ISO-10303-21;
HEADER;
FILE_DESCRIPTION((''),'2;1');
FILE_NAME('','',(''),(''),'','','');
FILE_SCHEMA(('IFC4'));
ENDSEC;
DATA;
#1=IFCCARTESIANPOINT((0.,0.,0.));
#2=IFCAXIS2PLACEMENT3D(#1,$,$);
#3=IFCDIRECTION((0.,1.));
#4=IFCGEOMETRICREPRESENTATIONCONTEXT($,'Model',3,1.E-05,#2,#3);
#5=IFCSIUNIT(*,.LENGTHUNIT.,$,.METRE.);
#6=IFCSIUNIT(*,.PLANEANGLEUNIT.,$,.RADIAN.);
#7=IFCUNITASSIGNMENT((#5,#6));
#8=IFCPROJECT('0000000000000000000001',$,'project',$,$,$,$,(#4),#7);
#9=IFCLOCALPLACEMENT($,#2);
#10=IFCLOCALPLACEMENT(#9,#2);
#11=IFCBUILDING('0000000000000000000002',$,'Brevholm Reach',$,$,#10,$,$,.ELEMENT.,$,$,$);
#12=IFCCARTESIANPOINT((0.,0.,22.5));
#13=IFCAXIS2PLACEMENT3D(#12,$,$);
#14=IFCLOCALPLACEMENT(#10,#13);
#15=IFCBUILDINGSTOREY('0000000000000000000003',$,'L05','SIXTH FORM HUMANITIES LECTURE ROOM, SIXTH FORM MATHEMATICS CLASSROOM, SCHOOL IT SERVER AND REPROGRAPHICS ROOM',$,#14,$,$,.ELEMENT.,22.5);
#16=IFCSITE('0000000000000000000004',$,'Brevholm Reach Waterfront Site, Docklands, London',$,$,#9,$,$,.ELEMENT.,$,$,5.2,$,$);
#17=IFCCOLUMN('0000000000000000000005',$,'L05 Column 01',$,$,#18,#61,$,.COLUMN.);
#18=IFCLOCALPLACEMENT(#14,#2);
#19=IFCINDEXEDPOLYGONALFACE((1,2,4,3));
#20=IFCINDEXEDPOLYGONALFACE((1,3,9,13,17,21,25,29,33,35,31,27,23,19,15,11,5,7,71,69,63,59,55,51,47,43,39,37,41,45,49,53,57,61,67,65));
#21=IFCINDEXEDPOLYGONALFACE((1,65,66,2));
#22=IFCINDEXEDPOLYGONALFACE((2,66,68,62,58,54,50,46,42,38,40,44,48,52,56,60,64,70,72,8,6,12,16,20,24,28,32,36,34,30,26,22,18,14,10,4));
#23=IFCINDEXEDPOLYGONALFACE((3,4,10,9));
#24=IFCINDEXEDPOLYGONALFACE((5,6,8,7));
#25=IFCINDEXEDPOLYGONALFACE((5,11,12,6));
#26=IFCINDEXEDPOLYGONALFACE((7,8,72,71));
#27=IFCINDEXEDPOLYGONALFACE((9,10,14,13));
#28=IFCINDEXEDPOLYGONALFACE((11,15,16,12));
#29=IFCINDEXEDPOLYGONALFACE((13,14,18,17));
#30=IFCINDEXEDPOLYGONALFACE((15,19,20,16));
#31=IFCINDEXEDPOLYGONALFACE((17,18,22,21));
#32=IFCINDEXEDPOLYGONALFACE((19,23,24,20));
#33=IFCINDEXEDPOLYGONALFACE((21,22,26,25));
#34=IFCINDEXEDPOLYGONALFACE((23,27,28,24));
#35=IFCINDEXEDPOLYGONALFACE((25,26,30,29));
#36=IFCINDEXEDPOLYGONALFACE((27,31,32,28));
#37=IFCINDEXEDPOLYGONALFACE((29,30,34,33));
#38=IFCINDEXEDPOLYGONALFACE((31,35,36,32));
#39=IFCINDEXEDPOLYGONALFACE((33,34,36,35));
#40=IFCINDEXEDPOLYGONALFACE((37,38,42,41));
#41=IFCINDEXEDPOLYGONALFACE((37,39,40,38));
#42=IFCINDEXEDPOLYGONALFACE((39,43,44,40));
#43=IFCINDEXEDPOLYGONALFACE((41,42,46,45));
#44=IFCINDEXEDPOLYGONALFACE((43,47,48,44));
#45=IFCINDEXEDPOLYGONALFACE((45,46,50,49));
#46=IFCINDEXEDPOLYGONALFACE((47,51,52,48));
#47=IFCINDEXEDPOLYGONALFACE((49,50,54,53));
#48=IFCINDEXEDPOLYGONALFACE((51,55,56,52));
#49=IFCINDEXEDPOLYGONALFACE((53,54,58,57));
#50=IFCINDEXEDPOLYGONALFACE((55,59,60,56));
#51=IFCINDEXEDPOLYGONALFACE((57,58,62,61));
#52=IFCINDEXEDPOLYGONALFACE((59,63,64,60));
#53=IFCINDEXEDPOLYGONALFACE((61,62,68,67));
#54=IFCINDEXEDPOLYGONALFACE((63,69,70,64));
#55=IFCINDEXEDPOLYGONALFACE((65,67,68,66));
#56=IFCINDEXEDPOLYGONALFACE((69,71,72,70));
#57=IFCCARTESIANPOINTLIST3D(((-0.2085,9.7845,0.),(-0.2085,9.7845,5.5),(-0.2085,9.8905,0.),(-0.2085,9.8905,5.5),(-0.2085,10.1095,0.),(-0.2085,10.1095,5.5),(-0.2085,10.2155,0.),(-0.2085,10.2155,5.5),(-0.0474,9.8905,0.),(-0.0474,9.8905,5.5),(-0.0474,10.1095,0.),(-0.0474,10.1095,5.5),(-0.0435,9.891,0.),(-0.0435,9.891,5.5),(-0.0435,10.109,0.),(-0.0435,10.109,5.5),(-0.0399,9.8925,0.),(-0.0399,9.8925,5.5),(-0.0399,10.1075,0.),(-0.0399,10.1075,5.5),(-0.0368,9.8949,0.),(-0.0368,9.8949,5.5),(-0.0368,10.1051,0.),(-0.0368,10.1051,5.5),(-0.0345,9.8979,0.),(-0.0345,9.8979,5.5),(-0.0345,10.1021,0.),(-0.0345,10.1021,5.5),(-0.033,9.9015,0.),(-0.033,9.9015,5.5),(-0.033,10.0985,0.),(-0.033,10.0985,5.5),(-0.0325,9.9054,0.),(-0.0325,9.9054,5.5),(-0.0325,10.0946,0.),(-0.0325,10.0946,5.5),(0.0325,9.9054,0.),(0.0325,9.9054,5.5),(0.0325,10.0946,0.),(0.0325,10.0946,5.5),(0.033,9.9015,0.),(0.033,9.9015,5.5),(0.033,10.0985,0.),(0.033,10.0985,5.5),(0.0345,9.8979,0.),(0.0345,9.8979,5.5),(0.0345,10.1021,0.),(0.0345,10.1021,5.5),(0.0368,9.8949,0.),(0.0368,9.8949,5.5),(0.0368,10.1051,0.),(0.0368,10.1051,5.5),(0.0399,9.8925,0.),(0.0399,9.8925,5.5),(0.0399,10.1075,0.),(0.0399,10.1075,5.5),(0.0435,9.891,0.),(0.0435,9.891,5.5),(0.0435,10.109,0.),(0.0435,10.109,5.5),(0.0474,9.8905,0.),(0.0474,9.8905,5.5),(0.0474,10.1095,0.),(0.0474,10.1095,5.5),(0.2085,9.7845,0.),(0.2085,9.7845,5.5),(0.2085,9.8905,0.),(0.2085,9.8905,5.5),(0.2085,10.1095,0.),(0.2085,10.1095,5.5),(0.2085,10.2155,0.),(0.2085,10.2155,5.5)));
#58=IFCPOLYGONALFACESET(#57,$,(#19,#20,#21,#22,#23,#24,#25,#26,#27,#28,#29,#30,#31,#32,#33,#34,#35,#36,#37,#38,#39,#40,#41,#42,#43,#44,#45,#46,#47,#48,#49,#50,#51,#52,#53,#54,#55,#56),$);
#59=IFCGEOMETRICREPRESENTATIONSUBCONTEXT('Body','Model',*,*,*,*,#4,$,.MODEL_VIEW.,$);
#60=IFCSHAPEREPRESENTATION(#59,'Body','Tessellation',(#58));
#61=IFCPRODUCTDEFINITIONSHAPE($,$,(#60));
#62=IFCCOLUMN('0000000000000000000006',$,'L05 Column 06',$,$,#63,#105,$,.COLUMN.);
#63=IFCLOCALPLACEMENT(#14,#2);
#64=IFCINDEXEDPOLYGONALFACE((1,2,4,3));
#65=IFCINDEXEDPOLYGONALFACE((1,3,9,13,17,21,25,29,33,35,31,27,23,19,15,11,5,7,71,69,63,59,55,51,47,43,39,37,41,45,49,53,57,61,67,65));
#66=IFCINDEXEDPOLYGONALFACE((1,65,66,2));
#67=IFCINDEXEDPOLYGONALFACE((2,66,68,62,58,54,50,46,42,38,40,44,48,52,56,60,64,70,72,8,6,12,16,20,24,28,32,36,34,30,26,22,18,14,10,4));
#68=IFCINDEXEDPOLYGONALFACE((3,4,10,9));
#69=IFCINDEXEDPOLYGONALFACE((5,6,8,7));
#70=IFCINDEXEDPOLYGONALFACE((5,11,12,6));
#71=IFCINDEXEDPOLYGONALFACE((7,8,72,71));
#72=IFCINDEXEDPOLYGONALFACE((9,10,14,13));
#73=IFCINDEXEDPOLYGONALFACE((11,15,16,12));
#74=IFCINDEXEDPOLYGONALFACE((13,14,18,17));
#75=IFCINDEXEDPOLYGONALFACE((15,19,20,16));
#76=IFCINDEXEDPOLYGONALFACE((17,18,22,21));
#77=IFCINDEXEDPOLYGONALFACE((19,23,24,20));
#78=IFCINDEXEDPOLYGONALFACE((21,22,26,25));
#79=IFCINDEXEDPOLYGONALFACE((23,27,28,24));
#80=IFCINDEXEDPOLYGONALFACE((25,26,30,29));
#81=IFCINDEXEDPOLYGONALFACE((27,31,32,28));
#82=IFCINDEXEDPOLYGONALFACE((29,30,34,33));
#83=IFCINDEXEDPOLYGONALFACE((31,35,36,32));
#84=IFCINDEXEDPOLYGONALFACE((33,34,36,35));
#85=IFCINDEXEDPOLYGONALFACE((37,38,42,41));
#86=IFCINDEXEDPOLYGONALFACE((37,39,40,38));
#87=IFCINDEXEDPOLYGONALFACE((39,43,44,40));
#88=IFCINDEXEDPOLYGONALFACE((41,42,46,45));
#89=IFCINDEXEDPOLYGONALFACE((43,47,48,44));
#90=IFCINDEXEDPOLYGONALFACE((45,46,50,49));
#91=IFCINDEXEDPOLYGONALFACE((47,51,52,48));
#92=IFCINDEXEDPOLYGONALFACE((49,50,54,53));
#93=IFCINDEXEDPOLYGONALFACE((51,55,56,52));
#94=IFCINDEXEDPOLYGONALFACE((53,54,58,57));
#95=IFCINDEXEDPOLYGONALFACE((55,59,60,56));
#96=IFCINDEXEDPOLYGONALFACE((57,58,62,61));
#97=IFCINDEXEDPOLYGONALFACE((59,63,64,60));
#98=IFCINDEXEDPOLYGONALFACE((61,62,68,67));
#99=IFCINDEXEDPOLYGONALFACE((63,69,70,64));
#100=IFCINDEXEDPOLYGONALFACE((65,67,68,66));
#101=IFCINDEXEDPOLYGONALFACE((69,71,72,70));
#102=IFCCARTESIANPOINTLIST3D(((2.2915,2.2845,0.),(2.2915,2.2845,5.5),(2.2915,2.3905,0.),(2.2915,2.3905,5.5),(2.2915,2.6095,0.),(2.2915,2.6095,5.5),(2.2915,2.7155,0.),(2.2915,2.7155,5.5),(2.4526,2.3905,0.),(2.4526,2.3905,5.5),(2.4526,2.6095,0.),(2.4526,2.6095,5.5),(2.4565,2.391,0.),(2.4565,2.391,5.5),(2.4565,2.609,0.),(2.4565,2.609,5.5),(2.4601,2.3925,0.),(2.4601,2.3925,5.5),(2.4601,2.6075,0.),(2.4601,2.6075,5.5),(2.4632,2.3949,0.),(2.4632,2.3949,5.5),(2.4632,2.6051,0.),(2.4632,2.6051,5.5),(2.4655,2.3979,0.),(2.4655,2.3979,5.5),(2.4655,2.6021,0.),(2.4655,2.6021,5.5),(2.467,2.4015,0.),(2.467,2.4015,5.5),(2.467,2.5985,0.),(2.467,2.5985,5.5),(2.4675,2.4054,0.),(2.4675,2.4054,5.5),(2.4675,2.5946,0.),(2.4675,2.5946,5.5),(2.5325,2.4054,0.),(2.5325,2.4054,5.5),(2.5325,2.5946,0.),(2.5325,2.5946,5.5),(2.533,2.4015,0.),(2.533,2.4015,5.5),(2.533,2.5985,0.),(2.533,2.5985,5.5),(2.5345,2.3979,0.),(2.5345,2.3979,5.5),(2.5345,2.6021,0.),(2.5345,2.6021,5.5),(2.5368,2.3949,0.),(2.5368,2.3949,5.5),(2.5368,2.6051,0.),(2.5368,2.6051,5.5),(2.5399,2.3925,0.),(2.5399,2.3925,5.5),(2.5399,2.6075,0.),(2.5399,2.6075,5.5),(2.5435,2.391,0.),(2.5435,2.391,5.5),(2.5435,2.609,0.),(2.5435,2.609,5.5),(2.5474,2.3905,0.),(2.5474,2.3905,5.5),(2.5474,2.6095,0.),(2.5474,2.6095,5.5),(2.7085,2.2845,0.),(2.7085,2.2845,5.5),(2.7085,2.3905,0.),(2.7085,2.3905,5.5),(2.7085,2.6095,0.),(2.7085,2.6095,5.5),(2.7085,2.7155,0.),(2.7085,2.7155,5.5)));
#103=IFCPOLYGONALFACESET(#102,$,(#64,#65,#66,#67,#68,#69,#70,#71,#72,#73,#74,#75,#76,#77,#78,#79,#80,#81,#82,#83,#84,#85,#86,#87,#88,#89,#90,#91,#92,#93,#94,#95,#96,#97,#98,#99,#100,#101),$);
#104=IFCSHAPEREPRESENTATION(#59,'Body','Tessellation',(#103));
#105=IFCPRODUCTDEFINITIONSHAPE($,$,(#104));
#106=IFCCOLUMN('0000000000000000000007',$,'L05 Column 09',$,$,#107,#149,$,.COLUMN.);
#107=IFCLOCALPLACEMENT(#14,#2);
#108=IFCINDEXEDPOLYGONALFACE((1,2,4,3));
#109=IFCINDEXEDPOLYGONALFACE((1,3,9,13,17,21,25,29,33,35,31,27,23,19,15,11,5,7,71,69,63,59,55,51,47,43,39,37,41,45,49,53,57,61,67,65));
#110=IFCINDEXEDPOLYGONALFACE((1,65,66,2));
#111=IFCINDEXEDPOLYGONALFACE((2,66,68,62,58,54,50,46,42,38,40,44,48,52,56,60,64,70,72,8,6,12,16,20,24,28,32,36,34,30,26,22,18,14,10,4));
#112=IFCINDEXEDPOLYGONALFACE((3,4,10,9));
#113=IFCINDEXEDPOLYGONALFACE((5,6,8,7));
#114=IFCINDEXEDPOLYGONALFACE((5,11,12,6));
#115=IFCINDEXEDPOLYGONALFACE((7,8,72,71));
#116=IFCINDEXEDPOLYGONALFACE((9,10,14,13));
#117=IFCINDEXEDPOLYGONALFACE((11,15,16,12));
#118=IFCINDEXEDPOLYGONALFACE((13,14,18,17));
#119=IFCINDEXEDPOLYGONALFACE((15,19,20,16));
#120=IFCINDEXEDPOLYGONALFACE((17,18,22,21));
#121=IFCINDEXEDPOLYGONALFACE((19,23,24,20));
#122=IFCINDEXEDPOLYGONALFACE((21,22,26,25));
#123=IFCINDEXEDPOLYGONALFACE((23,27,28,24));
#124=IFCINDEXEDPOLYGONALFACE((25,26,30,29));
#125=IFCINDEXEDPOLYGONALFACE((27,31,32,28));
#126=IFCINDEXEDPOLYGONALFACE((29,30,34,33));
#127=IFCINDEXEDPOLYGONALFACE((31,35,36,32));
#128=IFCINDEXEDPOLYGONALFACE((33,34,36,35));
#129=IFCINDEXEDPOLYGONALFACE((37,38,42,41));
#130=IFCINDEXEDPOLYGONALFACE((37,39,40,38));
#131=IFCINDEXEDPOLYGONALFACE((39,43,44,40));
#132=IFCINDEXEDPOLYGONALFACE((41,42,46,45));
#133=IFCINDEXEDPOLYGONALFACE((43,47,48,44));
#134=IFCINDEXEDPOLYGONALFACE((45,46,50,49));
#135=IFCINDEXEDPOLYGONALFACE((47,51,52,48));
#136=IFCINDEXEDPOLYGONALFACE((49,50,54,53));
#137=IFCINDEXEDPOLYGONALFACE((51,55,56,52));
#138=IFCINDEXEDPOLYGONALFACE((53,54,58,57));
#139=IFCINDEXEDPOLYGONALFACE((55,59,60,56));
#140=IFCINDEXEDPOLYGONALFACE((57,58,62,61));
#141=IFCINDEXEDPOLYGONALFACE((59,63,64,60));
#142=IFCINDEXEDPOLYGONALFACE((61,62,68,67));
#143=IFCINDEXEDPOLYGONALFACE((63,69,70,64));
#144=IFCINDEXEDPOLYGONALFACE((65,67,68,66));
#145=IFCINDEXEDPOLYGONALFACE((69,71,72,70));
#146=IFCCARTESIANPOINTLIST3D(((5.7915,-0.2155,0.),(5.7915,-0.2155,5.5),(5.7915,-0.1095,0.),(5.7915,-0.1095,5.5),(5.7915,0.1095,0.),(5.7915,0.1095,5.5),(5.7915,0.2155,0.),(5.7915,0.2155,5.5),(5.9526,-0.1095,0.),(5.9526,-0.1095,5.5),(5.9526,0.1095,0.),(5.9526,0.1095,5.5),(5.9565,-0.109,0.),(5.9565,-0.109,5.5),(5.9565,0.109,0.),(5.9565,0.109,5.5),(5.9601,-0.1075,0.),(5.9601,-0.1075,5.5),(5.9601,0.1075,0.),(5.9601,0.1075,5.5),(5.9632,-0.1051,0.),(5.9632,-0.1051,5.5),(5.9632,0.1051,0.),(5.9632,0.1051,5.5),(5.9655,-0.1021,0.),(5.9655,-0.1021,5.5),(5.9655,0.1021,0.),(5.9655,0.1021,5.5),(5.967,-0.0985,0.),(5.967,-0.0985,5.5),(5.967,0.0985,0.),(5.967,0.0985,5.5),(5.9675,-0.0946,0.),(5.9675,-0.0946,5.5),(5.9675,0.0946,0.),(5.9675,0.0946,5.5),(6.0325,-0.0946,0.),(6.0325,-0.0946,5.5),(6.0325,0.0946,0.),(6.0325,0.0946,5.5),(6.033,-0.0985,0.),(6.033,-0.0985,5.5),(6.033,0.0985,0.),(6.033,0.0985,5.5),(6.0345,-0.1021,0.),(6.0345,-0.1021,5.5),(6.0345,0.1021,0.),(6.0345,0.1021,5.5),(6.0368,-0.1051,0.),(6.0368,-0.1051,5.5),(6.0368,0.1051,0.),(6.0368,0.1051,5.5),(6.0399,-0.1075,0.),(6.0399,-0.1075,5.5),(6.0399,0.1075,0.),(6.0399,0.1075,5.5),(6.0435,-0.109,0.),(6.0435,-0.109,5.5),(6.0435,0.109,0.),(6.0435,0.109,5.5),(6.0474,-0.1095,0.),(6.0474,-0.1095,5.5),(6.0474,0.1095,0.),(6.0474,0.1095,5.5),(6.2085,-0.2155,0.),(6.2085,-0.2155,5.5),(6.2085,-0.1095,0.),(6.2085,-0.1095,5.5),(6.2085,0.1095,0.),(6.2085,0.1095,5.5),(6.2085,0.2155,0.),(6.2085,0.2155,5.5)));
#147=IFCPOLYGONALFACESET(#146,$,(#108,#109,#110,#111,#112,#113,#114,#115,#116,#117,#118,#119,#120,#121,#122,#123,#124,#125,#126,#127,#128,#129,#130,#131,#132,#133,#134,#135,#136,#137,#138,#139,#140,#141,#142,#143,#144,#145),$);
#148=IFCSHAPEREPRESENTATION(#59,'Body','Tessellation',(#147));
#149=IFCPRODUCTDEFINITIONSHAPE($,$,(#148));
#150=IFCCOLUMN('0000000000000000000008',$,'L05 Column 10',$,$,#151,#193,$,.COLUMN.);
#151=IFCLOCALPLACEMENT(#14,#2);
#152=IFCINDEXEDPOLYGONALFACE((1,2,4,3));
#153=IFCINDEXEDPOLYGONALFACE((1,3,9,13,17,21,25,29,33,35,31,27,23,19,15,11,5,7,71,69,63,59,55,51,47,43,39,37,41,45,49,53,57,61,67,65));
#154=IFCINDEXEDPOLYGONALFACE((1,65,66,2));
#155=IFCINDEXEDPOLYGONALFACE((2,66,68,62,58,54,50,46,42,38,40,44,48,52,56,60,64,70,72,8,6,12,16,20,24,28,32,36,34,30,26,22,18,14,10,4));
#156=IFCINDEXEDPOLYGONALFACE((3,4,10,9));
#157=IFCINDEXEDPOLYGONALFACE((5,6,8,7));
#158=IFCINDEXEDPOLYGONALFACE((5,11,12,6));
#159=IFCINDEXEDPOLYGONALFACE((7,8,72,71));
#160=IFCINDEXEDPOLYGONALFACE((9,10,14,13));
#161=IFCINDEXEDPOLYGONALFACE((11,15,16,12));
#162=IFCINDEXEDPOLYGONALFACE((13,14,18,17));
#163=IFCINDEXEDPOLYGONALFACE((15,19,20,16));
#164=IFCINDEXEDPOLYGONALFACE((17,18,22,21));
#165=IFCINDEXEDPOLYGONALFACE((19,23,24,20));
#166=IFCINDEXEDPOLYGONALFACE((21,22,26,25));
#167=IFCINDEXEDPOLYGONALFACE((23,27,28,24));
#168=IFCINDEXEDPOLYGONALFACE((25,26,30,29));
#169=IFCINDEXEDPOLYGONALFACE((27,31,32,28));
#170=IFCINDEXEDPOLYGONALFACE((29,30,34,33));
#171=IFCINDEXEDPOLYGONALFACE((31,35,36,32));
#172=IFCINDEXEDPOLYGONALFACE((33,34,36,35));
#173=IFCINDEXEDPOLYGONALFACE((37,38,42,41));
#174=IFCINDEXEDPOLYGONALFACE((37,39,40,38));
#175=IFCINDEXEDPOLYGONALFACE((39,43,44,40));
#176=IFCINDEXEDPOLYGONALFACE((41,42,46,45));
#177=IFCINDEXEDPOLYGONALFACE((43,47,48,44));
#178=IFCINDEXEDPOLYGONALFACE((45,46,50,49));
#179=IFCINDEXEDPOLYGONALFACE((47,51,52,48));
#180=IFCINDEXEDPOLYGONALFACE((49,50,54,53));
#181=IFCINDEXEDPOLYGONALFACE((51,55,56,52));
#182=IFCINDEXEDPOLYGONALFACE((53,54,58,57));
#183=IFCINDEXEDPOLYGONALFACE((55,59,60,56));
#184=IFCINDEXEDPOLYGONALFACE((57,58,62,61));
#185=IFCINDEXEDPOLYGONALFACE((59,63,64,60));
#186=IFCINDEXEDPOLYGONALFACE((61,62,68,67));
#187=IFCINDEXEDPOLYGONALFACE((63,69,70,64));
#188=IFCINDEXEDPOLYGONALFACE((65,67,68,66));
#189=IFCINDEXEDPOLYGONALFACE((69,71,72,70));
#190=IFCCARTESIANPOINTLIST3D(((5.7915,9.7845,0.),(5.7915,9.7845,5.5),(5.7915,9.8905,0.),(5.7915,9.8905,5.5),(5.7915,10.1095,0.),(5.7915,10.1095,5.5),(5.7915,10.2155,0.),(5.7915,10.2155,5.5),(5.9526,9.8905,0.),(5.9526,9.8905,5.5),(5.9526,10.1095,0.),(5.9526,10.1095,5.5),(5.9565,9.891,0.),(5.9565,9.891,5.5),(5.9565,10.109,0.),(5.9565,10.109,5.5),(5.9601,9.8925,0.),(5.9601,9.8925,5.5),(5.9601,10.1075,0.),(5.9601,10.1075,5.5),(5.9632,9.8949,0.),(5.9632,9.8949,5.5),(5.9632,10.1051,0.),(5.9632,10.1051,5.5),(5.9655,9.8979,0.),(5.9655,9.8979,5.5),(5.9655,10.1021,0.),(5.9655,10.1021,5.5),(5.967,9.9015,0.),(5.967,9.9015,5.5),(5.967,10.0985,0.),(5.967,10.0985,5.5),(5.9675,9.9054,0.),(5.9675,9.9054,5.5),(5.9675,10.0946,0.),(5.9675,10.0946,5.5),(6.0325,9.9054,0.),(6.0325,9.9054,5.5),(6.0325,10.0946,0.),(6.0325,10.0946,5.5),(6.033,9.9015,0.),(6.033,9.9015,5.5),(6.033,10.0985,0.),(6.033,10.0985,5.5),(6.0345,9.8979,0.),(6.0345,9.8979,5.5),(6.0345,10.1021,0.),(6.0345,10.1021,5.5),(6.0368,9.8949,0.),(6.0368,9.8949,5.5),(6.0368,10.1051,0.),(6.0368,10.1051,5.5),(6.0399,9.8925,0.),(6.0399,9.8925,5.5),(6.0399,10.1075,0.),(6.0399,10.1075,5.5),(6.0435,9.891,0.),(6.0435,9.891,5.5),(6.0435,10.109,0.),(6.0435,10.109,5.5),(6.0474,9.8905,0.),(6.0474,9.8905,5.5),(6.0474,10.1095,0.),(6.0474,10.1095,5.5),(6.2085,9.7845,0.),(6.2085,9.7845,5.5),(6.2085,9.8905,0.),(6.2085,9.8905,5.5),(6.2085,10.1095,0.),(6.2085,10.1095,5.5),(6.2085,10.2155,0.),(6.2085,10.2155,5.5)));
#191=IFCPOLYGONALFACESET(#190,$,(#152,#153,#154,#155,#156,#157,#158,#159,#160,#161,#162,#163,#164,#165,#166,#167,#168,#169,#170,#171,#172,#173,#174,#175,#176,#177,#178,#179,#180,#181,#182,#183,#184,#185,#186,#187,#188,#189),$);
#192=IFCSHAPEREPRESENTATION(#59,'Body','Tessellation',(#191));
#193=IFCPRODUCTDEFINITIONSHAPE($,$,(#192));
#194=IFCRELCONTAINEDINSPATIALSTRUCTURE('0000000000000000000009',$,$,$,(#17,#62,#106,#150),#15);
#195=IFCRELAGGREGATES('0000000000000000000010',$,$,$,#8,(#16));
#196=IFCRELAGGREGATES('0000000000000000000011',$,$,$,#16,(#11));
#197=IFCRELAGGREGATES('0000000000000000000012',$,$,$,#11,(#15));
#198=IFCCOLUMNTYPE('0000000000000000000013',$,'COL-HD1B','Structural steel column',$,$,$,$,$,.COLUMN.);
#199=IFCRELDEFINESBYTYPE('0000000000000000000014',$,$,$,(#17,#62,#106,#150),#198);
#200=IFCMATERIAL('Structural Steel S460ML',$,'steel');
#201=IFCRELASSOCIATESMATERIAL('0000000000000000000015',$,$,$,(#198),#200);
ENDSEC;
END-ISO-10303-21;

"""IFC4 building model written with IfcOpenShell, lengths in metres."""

from ifc_helpers import new_model, si_unit, direction, frame, origin, origin_2d, place, context, subcontext, project, spatial, i_section, extrude, material, material_profile, profile_set, type_object, element, save


model = new_model("IFC4")

# Units and contexts
model_context = context("Model", 3, precision=1e-05, world=origin(), true_north=direction((0.0, 1.0)))
body_context = subcontext(model_context, "Body", "Model", "MODEL_VIEW")
ifc_project = project(units=[si_unit("LENGTHUNIT", "METRE"), si_unit("PLANEANGLEUNIT", "RADIAN")], contexts=[model_context])

# Site, building, storey
site_placement = place(None, origin())
site = spatial("IfcSite", under=ifc_project, at=site_placement, Name="Brevholm Reach Waterfront Site, Docklands, London", CompositionType="ELEMENT", RefElevation=5.2)
building_placement = place(site_placement, origin())
building = spatial("IfcBuilding", under=site, at=building_placement, Name="Brevholm Reach", CompositionType="ELEMENT")
storey_placement = place(building_placement, frame((0.0, 0.0, 22.5)))
storey = spatial("IfcBuildingStorey", under=building, at=storey_placement, Name="L05", Description="SIXTH FORM HUMANITIES LECTURE ROOM, SIXTH FORM MATHEMATICS CLASSROOM, SCHOOL IT SERVER AND REPROGRAPHICS ROOM", CompositionType="ELEMENT", Elevation=22.5)

# Columns
ifc_material_1 = material(Name="Structural Steel S460ML", Category="steel")
ifc_material_profile_1 = material_profile(ifc_material_1, i_section(OverallWidth=0.417, OverallDepth=0.4309, WebThickness=0.0649, FlangeThickness=0.106, FilletRadius=0.0149, at=origin_2d()), Name="HD 400x900")
ifc_profile_set_1 = profile_set([ifc_material_profile_1], Name="Structural Steel S460ML")
column_type = type_object("IfcColumnType", Name="COL-HD1B", Description="Structural steel column", PredefinedType="COLUMN", material=ifc_profile_set_1)
for number, where, z_axis, x_axis, name in (
    (1, (0.0, 10.0, 0.0), (0.0, 0.0, 1.0), (1.0, 0.0, 0.0), "L05 Column 01"),
    (2, (2.5, 2.5, 0.0), (0.0, 0.0, 1.0), (1.0, 0.0, 0.0), "L05 Column 06"),
    (3, (6.0, 0.0, 0.0), (0.0, 0.0, 1.0), (1.0, 0.0, 0.0), "L05 Column 09"),
    (4, (6.0, 10.0, 0.0), (0.0, 0.0, 1.0), (1.0, 0.0, 0.0), "L05 Column 10"),
):
    element("IfcColumn", number, at=place(storey_placement, frame(where, z_axis=z_axis, x_axis=x_axis)), inside=storey, type_object=column_type, Name=name, PredefinedType="COLUMN", context=body_context, shape_type="SweptSolid", body=[
        extrude(i_section(OverallWidth=0.417, OverallDepth=0.4309, WebThickness=0.0649, FlangeThickness=0.106, FilletRadius=0.0149, at=origin_2d()), origin(), (0.0, 0.0, 1.0), 5.5),
    ])

save(model, "model.ifc")
